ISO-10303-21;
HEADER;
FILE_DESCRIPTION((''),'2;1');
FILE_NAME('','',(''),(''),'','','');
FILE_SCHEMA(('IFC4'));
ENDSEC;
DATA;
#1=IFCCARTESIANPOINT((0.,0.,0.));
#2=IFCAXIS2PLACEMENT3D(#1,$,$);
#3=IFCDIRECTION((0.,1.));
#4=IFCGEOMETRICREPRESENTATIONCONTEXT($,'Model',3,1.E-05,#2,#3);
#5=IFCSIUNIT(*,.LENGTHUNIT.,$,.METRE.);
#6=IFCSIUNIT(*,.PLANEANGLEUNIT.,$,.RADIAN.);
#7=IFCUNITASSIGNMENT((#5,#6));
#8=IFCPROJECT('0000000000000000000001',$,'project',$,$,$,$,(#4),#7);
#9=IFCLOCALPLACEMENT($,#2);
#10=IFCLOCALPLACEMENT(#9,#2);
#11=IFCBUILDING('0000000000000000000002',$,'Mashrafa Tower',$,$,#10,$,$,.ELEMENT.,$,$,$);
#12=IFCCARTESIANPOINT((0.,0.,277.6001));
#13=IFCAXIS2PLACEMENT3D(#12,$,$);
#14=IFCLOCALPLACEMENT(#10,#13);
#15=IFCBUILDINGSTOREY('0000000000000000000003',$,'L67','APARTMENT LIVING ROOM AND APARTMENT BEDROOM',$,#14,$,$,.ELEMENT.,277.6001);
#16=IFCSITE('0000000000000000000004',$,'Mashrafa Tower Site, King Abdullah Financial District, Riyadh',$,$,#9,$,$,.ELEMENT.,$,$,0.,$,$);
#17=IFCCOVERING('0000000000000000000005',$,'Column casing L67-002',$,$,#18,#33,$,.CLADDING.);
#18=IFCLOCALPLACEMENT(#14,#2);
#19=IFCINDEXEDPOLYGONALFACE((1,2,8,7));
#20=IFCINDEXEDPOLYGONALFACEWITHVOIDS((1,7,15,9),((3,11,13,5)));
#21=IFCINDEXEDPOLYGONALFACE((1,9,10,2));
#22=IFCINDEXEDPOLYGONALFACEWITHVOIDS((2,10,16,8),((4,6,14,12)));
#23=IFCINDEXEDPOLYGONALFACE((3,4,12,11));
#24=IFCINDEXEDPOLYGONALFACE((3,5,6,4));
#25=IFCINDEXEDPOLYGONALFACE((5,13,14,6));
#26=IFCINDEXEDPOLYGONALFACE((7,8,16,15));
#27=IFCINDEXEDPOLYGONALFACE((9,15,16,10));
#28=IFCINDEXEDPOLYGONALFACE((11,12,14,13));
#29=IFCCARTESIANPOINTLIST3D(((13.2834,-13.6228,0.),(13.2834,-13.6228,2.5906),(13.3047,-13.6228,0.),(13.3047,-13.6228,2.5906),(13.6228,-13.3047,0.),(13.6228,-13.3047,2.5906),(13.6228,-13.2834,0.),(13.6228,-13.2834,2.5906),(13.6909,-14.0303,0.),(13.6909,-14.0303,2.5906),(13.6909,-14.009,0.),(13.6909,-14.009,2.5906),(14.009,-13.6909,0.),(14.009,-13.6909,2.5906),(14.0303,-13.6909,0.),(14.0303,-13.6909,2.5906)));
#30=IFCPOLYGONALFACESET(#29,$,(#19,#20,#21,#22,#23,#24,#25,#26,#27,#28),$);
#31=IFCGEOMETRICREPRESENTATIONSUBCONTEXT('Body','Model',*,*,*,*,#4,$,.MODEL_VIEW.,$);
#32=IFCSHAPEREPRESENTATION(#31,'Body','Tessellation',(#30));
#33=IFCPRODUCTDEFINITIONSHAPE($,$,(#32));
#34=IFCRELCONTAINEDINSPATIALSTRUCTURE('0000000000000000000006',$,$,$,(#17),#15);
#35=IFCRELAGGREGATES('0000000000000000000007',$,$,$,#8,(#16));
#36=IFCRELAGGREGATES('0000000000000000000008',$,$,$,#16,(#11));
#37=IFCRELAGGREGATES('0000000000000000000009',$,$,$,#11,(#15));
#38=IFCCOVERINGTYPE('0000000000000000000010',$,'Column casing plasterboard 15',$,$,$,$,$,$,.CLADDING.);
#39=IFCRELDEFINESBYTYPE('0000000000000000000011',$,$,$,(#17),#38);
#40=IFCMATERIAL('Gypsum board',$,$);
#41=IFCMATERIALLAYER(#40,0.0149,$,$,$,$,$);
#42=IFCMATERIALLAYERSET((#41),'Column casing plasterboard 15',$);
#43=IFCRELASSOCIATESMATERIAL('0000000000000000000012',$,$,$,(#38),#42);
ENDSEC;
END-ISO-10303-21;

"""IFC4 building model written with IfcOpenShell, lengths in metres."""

from ifc_helpers import new_model, si_unit, direction, frame, origin, place, context, subcontext, project, spatial, polyline, outline, extrude, material, layer, layer_set, type_object, element, save


model = new_model("IFC4")

# Units and contexts
model_context = context("Model", 3, precision=1e-05, world=origin(), true_north=direction((0.0, 1.0)))
body_context = subcontext(model_context, "Body", "Model", "MODEL_VIEW")
ifc_project = project(units=[si_unit("LENGTHUNIT", "METRE"), si_unit("PLANEANGLEUNIT", "RADIAN")], contexts=[model_context])

# Site, building, storey
site_placement = place(None, origin())
site = spatial("IfcSite", under=ifc_project, at=site_placement, Name="Mashrafa Tower Site, King Abdullah Financial District, Riyadh", CompositionType="ELEMENT", RefElevation=0.0)
building_placement = place(site_placement, origin())
building = spatial("IfcBuilding", under=site, at=building_placement, Name="Mashrafa Tower", CompositionType="ELEMENT")
storey_placement = place(building_placement, frame((0.0, 0.0, 277.6001)))
storey = spatial("IfcBuildingStorey", under=building, at=storey_placement, Name="L67", Description="APARTMENT LIVING ROOM AND APARTMENT BEDROOM", CompositionType="ELEMENT", Elevation=277.6001)

# Covering
ifc_material_1 = material(Name="Gypsum board")
ifc_layer_1 = layer(ifc_material_1, 0.0149)
ifc_layer_set_1 = layer_set([ifc_layer_1], Name="Column casing plasterboard 15")
covering_type = type_object("IfcCoveringType", Name="Column casing plasterboard 15", PredefinedType="CLADDING", material=ifc_layer_set_1)
covering_1_placement = place(storey_placement, origin())
element("IfcCovering", 1, at=covering_1_placement, inside=storey, type_object=covering_type, Name="Column casing L67-002", PredefinedType="CLADDING", context=body_context, shape_type="SweptSolid", body=[
    extrude(outline(polyline([(13.2834, -13.6228), (13.6228, -13.2834), (14.0303, -13.6909), (13.6909, -14.0303), (13.2834, -13.6228)]), holes=[polyline([(14.009, -13.6909), (13.6228, -13.3047), (13.3047, -13.6228), (13.6909, -14.009), (14.009, -13.6909)])]), origin(), (0.0, 0.0, 1.0), 2.5906),
])

save(model, "model.ifc")
